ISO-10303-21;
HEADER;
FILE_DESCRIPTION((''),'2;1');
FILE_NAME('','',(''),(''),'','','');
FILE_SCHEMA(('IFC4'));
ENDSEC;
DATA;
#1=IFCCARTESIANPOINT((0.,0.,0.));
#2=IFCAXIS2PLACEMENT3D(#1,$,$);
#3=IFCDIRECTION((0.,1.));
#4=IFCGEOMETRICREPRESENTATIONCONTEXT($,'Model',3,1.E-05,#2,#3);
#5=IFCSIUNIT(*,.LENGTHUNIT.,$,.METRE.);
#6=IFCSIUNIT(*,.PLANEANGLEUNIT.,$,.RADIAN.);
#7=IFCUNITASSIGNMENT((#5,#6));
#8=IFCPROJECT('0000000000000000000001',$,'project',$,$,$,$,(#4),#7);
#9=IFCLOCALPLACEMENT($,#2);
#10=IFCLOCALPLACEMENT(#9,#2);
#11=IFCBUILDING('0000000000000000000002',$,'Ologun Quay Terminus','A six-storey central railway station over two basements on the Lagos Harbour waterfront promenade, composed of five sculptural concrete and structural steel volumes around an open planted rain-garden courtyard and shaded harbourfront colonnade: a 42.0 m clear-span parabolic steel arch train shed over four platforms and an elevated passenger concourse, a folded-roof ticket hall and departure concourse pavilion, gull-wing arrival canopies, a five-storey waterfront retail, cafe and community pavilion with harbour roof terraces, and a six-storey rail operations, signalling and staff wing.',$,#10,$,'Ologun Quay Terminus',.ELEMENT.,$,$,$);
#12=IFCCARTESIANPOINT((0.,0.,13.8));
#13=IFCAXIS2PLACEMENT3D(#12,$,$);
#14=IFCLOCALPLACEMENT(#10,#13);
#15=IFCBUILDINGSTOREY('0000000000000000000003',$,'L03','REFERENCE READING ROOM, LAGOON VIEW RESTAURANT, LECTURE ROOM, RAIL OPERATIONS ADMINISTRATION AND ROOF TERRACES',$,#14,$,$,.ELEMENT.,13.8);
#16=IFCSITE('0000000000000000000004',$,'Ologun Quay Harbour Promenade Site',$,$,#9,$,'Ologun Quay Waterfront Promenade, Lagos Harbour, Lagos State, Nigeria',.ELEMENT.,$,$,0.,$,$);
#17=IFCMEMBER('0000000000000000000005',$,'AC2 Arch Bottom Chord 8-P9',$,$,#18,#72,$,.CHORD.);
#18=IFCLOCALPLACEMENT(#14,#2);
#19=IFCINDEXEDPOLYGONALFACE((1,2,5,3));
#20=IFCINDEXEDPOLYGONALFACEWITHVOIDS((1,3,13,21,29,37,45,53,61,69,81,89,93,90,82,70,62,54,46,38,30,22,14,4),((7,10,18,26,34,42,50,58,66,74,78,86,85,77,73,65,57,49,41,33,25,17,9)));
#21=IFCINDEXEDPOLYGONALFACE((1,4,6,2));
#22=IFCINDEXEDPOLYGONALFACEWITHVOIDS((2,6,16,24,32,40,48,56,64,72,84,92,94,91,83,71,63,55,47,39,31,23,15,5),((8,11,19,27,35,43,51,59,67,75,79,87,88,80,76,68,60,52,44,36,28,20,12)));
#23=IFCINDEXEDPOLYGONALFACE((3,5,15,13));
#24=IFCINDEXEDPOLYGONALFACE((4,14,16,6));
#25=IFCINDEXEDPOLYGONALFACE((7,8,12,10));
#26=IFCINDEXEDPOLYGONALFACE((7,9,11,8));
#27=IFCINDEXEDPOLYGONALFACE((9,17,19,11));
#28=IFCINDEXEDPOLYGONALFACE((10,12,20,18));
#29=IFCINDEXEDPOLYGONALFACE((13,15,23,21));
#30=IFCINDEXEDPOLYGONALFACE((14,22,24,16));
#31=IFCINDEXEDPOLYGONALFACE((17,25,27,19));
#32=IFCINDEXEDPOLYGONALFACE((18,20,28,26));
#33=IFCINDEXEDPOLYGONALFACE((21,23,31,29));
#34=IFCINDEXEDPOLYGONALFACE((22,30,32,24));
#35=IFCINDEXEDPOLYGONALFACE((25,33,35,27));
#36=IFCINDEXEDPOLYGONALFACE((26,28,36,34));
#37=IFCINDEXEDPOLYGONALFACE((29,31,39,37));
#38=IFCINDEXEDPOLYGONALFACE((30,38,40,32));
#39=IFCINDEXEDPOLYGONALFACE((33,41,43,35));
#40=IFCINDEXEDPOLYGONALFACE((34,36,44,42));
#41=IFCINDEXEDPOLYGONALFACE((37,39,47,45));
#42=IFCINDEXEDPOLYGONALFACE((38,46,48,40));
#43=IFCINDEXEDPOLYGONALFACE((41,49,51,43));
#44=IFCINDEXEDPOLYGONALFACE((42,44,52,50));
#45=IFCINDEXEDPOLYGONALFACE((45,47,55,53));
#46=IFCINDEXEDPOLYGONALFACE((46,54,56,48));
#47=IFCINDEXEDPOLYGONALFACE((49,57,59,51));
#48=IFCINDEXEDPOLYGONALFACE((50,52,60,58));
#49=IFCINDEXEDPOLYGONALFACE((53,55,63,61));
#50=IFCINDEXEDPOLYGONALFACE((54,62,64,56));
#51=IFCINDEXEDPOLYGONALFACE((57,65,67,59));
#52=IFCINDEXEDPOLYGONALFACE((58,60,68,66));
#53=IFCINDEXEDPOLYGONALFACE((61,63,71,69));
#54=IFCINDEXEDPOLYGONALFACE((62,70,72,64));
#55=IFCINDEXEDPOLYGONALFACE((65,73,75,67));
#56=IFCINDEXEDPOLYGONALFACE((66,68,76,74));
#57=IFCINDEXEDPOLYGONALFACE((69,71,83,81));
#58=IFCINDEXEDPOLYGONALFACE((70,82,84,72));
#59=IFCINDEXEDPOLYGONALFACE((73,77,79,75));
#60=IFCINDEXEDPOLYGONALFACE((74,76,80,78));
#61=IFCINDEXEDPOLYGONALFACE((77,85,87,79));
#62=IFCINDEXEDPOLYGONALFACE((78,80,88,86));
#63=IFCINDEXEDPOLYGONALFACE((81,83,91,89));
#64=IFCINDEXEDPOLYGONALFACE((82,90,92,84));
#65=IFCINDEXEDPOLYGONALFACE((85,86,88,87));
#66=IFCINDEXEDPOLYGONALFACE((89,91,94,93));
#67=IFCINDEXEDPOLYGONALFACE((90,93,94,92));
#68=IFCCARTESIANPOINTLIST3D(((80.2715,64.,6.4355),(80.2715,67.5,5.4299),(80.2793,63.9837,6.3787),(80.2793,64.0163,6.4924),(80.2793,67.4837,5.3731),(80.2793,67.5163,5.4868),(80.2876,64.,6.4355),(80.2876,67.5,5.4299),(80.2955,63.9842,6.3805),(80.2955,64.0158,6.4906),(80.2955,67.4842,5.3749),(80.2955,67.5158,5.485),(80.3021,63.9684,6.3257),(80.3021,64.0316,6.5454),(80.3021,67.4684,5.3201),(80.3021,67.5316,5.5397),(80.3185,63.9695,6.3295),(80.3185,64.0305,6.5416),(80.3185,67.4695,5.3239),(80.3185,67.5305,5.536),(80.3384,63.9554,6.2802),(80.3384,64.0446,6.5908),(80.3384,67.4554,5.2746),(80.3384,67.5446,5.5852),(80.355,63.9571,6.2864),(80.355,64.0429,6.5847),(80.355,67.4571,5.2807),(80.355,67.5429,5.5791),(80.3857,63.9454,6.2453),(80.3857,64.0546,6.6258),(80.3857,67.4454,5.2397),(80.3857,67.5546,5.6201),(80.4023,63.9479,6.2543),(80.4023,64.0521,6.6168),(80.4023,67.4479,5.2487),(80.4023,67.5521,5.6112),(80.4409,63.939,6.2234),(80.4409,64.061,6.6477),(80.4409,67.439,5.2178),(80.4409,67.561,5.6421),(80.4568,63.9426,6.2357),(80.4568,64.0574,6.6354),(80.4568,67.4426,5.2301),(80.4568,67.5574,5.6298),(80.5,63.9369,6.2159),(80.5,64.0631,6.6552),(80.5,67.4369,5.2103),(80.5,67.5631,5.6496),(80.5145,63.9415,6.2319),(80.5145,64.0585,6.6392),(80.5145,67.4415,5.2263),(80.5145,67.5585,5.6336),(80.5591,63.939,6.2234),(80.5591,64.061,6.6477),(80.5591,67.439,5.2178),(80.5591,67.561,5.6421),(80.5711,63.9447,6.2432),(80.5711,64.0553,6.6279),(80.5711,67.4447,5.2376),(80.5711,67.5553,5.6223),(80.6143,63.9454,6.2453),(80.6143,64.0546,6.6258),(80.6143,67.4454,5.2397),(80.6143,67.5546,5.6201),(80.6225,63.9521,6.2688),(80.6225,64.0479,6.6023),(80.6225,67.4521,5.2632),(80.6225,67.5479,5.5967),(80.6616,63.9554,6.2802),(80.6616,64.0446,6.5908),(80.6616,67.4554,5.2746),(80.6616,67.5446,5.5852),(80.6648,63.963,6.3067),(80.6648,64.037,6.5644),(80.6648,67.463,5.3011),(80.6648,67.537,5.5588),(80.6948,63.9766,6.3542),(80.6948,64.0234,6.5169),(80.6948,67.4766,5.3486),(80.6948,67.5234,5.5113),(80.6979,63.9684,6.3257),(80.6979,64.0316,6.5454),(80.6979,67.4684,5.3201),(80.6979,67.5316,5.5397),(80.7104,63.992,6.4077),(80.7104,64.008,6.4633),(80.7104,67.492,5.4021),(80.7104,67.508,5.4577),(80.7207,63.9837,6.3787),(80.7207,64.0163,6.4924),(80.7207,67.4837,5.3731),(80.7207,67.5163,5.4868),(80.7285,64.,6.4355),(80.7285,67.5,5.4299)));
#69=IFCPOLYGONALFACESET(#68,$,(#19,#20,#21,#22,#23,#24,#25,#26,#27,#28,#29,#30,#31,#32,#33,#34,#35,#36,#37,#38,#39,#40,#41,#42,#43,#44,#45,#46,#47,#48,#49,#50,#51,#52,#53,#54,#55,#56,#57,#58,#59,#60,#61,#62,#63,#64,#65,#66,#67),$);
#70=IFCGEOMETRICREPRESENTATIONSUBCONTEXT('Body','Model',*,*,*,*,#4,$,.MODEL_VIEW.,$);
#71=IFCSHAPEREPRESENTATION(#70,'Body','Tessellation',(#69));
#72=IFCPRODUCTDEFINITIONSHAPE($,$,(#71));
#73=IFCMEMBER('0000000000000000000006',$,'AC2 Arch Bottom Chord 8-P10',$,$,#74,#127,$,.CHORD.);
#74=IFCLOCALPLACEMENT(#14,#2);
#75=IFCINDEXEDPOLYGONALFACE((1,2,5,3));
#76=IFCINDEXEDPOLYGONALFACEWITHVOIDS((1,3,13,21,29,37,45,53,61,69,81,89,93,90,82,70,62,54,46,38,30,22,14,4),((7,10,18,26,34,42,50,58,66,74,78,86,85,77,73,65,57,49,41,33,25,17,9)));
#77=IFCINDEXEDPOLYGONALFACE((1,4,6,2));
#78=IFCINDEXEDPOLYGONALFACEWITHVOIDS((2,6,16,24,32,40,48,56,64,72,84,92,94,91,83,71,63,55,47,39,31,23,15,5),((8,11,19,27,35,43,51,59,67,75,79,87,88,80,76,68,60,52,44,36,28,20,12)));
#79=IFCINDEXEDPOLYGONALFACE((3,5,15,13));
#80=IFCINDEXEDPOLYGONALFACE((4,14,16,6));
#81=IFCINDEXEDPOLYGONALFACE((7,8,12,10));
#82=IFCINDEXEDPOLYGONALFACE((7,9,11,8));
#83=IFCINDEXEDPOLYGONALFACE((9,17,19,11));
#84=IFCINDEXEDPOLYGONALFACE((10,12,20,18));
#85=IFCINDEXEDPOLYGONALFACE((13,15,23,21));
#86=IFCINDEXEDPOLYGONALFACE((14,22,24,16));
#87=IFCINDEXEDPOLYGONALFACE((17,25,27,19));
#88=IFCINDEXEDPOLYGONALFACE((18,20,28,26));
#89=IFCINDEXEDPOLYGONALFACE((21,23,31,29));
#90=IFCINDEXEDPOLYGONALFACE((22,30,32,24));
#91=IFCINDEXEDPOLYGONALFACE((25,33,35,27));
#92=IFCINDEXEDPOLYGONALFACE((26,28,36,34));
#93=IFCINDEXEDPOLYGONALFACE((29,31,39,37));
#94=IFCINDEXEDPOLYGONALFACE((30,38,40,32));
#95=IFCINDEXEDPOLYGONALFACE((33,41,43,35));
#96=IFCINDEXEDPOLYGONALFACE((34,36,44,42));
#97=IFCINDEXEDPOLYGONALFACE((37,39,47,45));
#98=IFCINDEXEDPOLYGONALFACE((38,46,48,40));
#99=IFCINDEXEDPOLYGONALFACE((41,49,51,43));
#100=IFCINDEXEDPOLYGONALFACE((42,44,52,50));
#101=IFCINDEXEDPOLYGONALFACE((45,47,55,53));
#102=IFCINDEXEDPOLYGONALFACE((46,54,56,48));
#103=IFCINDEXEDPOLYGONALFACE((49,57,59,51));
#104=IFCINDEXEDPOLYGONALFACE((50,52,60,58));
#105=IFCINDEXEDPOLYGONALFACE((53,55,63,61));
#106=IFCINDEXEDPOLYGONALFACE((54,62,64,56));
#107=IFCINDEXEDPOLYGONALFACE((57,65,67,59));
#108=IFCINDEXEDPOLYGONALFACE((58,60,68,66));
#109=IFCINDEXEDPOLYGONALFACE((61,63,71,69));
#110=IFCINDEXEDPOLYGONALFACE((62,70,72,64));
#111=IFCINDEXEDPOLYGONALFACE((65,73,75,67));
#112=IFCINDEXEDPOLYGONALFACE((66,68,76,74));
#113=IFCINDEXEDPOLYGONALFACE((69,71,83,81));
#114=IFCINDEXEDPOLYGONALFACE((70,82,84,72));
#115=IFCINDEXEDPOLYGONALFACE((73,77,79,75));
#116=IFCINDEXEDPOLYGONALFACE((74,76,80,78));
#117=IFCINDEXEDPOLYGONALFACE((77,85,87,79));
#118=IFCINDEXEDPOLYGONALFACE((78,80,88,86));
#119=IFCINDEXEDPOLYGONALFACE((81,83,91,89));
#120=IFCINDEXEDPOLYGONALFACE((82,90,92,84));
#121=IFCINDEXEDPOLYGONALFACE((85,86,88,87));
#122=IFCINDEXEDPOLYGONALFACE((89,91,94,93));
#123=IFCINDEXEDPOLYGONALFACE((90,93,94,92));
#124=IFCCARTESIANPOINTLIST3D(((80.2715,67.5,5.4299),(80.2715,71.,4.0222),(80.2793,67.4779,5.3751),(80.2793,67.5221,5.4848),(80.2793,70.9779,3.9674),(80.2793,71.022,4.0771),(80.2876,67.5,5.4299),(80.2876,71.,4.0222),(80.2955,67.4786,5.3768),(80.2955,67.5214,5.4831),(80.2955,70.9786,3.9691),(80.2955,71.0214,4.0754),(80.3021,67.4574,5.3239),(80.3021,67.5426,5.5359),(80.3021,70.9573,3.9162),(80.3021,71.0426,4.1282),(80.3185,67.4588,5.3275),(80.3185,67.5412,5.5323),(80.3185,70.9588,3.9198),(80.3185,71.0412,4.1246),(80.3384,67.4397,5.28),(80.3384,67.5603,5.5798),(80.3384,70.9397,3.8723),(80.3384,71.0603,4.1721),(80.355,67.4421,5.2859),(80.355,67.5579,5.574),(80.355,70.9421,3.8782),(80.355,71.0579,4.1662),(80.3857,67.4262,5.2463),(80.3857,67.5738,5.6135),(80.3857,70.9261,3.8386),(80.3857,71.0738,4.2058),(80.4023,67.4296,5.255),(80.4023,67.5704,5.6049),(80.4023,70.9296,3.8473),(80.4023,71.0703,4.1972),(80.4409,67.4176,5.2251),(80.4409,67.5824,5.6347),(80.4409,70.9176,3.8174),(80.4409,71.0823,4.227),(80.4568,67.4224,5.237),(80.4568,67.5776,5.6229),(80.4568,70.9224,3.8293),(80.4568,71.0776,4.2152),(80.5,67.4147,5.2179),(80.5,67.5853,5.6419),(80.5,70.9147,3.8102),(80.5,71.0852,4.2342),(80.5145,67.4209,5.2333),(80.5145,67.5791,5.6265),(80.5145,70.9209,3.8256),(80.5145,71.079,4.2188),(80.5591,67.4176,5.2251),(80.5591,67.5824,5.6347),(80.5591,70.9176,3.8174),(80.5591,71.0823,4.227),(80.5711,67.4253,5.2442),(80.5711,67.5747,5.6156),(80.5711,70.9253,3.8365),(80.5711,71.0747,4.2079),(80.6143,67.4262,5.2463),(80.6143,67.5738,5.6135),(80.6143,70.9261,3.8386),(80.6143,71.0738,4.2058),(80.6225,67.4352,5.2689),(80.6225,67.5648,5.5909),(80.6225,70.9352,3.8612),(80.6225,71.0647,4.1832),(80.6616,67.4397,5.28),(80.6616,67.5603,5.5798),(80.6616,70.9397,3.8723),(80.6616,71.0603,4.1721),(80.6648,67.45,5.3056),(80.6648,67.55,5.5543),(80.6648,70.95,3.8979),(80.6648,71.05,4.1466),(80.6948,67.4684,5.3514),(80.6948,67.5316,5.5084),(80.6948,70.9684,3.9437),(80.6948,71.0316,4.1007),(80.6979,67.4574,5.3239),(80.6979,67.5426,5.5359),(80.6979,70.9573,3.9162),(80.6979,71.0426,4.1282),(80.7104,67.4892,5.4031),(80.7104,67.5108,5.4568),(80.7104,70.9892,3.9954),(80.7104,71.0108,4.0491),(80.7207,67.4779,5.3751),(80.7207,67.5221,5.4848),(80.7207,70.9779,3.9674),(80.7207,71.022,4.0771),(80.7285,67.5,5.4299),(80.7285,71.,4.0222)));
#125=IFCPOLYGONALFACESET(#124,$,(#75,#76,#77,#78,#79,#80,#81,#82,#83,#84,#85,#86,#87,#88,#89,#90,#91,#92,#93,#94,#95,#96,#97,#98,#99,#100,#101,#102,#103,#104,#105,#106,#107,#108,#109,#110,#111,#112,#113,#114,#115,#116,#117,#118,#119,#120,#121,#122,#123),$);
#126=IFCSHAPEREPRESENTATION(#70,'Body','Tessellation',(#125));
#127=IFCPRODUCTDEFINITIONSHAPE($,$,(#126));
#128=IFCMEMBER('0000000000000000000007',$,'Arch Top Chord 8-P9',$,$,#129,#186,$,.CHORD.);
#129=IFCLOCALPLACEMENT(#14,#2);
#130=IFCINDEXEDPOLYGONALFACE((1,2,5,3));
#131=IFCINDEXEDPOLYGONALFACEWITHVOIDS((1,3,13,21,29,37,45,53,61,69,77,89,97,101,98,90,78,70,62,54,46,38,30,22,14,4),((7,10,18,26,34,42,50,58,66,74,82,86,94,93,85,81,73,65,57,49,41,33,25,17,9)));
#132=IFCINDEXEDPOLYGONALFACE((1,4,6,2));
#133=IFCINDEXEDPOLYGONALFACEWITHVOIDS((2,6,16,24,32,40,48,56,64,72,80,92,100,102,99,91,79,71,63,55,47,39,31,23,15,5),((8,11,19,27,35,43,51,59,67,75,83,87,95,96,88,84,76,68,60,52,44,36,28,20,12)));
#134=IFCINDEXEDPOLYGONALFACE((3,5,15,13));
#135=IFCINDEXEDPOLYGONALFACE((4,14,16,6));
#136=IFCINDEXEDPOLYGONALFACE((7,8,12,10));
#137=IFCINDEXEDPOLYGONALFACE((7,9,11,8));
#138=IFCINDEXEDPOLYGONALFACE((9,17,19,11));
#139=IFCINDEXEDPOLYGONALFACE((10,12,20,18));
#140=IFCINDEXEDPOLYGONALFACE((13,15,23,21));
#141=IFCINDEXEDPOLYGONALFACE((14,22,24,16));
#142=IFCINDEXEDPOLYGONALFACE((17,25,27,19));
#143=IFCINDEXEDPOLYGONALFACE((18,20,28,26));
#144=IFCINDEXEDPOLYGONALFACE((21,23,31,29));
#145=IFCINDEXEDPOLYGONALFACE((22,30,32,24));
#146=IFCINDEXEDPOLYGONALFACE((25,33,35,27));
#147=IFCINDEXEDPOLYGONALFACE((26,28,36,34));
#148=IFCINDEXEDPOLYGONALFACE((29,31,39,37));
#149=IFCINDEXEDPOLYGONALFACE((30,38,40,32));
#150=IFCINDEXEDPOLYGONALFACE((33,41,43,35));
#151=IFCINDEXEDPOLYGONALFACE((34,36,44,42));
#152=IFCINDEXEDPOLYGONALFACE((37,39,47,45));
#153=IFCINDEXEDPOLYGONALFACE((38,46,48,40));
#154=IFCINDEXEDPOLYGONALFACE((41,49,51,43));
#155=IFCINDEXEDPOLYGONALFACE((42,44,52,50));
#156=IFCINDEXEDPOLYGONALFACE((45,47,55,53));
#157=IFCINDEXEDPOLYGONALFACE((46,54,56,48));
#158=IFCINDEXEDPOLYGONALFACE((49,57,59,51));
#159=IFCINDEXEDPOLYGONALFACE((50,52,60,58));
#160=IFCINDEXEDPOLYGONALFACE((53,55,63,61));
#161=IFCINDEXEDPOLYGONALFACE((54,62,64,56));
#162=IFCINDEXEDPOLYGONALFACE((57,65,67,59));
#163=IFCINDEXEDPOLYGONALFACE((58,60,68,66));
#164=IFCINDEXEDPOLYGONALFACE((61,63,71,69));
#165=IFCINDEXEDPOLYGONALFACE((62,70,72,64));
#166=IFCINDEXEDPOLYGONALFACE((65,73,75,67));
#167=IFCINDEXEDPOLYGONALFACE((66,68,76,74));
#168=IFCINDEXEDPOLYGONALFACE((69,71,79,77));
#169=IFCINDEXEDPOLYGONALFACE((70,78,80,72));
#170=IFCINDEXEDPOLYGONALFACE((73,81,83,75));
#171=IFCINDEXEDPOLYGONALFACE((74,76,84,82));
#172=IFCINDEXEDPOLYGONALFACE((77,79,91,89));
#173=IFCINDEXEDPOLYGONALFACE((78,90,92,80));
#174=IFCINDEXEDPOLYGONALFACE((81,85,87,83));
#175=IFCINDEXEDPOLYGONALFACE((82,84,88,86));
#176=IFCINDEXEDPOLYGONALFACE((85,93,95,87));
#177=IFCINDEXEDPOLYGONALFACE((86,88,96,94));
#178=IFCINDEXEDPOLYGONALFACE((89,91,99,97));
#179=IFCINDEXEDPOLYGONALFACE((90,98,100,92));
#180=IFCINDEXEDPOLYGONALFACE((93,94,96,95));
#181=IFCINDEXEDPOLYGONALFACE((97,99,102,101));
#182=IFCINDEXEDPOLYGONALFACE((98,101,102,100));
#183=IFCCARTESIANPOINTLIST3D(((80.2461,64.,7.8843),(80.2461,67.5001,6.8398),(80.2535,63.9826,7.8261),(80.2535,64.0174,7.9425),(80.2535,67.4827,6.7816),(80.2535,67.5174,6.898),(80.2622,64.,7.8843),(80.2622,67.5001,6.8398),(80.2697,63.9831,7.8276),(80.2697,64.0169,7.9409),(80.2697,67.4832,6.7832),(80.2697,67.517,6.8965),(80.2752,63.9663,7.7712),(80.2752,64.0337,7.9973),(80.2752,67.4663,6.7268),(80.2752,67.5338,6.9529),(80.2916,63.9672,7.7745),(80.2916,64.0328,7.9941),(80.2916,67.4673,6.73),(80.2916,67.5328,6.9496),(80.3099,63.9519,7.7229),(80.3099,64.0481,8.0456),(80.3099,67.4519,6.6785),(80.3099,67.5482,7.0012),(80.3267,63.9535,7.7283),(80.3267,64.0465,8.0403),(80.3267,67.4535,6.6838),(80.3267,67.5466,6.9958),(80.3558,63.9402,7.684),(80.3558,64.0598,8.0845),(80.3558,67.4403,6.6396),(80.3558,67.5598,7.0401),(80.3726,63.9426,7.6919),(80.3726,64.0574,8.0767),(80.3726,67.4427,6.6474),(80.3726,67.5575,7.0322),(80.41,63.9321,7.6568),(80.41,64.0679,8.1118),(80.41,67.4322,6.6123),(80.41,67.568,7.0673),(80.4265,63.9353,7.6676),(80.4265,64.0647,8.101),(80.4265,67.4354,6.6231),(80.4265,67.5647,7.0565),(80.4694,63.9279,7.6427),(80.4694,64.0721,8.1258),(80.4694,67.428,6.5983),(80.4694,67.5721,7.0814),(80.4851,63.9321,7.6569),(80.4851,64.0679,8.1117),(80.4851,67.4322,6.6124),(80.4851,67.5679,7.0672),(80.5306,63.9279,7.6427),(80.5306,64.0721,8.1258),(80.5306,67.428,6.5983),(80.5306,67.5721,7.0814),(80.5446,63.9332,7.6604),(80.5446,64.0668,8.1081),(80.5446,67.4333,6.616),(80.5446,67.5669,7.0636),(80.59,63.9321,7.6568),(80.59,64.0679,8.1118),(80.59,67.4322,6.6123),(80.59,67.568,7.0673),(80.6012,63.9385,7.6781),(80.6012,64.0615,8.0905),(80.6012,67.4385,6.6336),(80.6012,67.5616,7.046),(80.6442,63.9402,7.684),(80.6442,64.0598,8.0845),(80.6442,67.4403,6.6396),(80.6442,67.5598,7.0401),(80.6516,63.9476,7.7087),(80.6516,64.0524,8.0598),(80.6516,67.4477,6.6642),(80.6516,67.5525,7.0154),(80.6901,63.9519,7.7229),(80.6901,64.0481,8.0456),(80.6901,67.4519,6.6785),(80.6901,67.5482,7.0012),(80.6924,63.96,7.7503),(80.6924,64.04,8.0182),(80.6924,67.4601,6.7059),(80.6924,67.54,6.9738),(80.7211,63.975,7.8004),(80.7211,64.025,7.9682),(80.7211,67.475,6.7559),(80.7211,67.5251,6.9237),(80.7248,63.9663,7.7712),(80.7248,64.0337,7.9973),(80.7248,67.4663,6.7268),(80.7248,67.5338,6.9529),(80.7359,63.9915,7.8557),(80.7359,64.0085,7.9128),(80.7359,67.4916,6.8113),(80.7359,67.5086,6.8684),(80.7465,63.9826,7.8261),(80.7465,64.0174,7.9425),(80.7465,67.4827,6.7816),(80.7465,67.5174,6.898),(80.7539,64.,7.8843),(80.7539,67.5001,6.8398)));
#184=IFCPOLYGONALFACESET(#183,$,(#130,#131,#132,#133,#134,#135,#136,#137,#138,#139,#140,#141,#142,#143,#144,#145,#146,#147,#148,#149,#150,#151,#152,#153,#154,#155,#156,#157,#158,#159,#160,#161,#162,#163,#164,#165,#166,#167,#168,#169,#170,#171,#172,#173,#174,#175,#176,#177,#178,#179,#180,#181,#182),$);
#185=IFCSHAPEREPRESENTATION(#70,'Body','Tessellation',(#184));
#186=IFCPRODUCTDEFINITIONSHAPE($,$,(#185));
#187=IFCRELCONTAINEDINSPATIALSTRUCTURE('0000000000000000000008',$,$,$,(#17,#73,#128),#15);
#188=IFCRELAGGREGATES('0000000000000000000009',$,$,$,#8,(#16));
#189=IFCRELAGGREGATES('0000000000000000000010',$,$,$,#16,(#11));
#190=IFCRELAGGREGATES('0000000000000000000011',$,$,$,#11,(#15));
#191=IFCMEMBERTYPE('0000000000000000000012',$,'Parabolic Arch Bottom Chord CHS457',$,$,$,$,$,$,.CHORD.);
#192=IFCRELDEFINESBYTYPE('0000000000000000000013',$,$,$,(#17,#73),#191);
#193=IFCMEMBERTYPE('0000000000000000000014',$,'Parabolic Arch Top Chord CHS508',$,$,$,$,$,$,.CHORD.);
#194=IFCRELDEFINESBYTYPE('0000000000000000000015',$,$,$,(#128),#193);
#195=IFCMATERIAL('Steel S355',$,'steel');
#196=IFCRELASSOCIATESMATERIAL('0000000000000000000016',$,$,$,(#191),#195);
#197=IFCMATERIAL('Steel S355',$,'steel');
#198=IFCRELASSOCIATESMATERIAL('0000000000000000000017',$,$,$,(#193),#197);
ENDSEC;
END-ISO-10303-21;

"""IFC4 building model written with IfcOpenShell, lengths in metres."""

from ifc_helpers import new_model, si_unit, direction, frame, origin, origin_2d, place, context, subcontext, project, spatial, hollow_circle, extrude, material, material_profile, profile_set, type_object, element, save


model = new_model("IFC4")

# Units and contexts
model_context = context("Model", 3, precision=1e-05, world=origin(), true_north=direction((0.0, 1.0)))
body_context = subcontext(model_context, "Body", "Model", "MODEL_VIEW")
ifc_project = project(units=[si_unit("LENGTHUNIT", "METRE"), si_unit("PLANEANGLEUNIT", "RADIAN")], contexts=[model_context])

# Site, building, storey
site_placement = place(None, origin())
site = spatial("IfcSite", under=ifc_project, at=site_placement, Name="Ologun Quay Harbour Promenade Site", LongName="Ologun Quay Waterfront Promenade, Lagos Harbour, Lagos State, Nigeria", CompositionType="ELEMENT", RefElevation=0.0)
building_placement = place(site_placement, origin())
building = spatial("IfcBuilding", under=site, at=building_placement, Name="Ologun Quay Terminus", Description="A six-storey central railway station over two basements on the Lagos Harbour waterfront promenade, composed of five sculptural concrete and structural steel volumes around an open planted rain-garden courtyard and shaded harbourfront colonnade: a 42.0 m clear-span parabolic steel arch train shed over four platforms and an elevated passenger concourse, a folded-roof ticket hall and departure concourse pavilion, gull-wing arrival canopies, a five-storey waterfront retail, cafe and community pavilion with harbour roof terraces, and a six-storey rail operations, signalling and staff wing.", LongName="Ologun Quay Terminus", CompositionType="ELEMENT")
storey_placement = place(building_placement, frame((0.0, 0.0, 13.8)))
storey = spatial("IfcBuildingStorey", under=building, at=storey_placement, Name="L03", Description="REFERENCE READING ROOM, LAGOON VIEW RESTAURANT, LECTURE ROOM, RAIL OPERATIONS ADMINISTRATION AND ROOF TERRACES", CompositionType="ELEMENT", Elevation=13.8)

# Members
ifc_material_1 = material(Name="Steel S355", Category="steel")
ifc_material_profile_1 = material_profile(ifc_material_1, hollow_circle(Radius=0.2285, WallThickness=0.0161, at=origin_2d()), Name="CHS 457x16")
ifc_profile_set_1 = profile_set([ifc_material_profile_1], Name="Steel S355")
member_type_1 = type_object("IfcMemberType", Name="Parabolic Arch Bottom Chord CHS457", PredefinedType="CHORD", material=ifc_profile_set_1)
member_1_placement = place(storey_placement, frame((80.5, 64.0, 6.4355), z_axis=(0.0, 0.961116, -0.276146), x_axis=(-1.0, 0.0, 0.0)))
element("IfcMember", 1, at=member_1_placement, inside=storey, type_object=member_type_1, Name="AC2 Arch Bottom Chord 8-P9", PredefinedType="CHORD", context=body_context, shape_type="SweptSolid", body=[
    extrude(hollow_circle(Radius=0.2285, WallThickness=0.0161, at=origin_2d()), origin(), (0.0, 0.0, 1.0), 3.6416),
])
member_2_placement = place(storey_placement, frame((80.5, 67.5, 5.4299), z_axis=(0.0, 0.92777, -0.373153), x_axis=(-1.0, 0.0, 0.0)))
element("IfcMember", 2, at=member_2_placement, inside=storey, type_object=member_type_1, Name="AC2 Arch Bottom Chord 8-P10", PredefinedType="CHORD", context=body_context, shape_type="SweptSolid", body=[
    extrude(hollow_circle(Radius=0.2285, WallThickness=0.0161, at=origin_2d()), origin(), (0.0, 0.0, 1.0), 3.7725),
])
ifc_material_2 = material(Name="Steel S355", Category="steel")
ifc_material_profile_2 = material_profile(ifc_material_2, hollow_circle(Radius=0.2539, WallThickness=0.0161, at=origin_2d()), Name="CHS 508x16")
ifc_profile_set_2 = profile_set([ifc_material_profile_2], Name="Steel S355")
member_type_2 = type_object("IfcMemberType", Name="Parabolic Arch Top Chord CHS508", PredefinedType="CHORD", material=ifc_profile_set_2)
member_3_placement = place(storey_placement, frame((80.5, 64.0, 7.8843), z_axis=(0.0, 0.958245, -0.285949), x_axis=(-1.0, 0.0, 0.0)))
element("IfcMember", 3, at=member_3_placement, inside=storey, type_object=member_type_2, Name="Arch Top Chord 8-P9", PredefinedType="CHORD", context=body_context, shape_type="SweptSolid", body=[
    extrude(hollow_circle(Radius=0.2539, WallThickness=0.0161, at=origin_2d()), origin(), (0.0, 0.0, 1.0), 3.6526),
])

save(model, "model.ifc")
